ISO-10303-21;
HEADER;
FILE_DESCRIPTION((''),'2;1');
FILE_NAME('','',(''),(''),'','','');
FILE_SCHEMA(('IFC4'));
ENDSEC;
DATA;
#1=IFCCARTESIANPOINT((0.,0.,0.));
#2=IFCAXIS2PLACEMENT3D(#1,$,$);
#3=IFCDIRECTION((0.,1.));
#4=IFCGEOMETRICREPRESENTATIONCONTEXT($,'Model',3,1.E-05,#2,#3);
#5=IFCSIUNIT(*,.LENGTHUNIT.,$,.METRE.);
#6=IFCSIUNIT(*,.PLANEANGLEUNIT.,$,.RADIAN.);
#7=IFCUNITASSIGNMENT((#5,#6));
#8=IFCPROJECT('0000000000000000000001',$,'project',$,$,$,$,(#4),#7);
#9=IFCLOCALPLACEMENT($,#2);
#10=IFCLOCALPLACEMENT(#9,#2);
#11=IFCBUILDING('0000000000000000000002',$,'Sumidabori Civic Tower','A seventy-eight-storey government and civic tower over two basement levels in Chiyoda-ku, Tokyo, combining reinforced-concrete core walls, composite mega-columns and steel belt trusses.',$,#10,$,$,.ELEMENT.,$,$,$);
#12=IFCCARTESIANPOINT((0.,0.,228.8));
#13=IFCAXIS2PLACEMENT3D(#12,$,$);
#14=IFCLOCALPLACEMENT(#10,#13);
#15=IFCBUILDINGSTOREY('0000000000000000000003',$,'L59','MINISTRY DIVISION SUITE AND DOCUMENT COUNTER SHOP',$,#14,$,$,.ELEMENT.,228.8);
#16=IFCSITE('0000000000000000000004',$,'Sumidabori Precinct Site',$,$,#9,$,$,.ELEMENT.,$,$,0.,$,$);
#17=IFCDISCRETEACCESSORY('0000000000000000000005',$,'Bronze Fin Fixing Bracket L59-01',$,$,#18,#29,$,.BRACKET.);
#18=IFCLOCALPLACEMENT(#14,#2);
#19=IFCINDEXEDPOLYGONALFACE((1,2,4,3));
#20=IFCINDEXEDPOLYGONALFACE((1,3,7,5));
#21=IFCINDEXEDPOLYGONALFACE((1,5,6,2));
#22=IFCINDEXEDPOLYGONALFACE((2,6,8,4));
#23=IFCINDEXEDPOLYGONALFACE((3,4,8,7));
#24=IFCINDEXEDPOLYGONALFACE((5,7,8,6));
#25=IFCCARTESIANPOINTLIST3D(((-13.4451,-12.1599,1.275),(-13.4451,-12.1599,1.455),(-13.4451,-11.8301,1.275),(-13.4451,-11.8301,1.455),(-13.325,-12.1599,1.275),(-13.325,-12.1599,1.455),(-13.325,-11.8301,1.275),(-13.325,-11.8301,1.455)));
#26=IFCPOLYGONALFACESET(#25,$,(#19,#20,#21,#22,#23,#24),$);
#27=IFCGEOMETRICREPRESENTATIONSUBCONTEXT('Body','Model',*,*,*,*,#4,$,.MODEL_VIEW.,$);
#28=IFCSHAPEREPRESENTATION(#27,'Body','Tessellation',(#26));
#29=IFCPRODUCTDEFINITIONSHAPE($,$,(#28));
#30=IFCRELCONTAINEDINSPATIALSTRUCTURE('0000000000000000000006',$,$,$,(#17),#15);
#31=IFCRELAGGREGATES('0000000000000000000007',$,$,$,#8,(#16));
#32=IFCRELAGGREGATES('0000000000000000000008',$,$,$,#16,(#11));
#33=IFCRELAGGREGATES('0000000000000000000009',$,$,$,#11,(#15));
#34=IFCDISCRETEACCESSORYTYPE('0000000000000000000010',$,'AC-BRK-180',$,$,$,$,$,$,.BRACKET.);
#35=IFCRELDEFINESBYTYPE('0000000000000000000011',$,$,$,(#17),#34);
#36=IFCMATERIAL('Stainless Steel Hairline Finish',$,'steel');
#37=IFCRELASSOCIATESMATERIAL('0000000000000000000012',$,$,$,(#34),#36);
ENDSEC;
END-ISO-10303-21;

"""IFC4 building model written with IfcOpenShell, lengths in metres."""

from ifc_helpers import new_model, si_unit, direction, frame, origin, origin_2d, place, context, subcontext, project, spatial, rectangle, extrude, source, transform, mapped, material, material_profile, profile_set, type_object, element, save


model = new_model("IFC4")

# Units and contexts
model_context = context("Model", 3, precision=1e-05, world=origin(), true_north=direction((0.0, 1.0)))
body_context = subcontext(model_context, "Body", "Model", "MODEL_VIEW")
ifc_project = project(units=[si_unit("LENGTHUNIT", "METRE"), si_unit("PLANEANGLEUNIT", "RADIAN")], contexts=[model_context])

# Site, building, storey
site_placement = place(None, origin())
site = spatial("IfcSite", under=ifc_project, at=site_placement, Name="Sumidabori Precinct Site", CompositionType="ELEMENT", RefElevation=0.0)
building_placement = place(site_placement, origin())
building = spatial("IfcBuilding", under=site, at=building_placement, Name="Sumidabori Civic Tower", Description="A seventy-eight-storey government and civic tower over two basement levels in Chiyoda-ku, Tokyo, combining reinforced-concrete core walls, composite mega-columns and steel belt trusses.", CompositionType="ELEMENT")
storey_placement = place(building_placement, frame((0.0, 0.0, 228.8)))
storey = spatial("IfcBuildingStorey", under=building, at=storey_placement, Name="L59", Description="MINISTRY DIVISION SUITE AND DOCUMENT COUNTER SHOP", CompositionType="ELEMENT", Elevation=228.8)

# Discrete accessory
ifc_material_1 = material(Name="Stainless Steel Hairline Finish", Category="steel")
ifc_material_profile_1 = material_profile(ifc_material_1, rectangle(XDim=0.1201, YDim=0.1799, at=origin_2d()), Name="STEEL BRACKET 180x120")
ifc_profile_set_1 = profile_set([ifc_material_profile_1], Name="Stainless Steel Hairline Finish")
discrete_accessory_type = type_object("IfcDiscreteAccessoryType", Name="AC-BRK-180", PredefinedType="BRACKET", material=ifc_profile_set_1)
shared_shape_1 = source(origin(), body_context, "Body", "SweptSolid", [
    extrude(rectangle(XDim=0.1201, YDim=0.1799, at=origin_2d()), origin(), (0.0, 0.0, 1.0), 0.3298),
])
discrete_accessory_placement = place(storey_placement, frame((-13.385, -11.8301, 1.365), z_axis=(0.0, -1.0, 0.0), x_axis=(1.0, 0.0, 0.0)))
element("IfcDiscreteAccessory", 1, at=discrete_accessory_placement, inside=storey, type_object=discrete_accessory_type, Name="Bronze Fin Fixing Bracket L59-01", PredefinedType="BRACKET", context=body_context, shape_type="MappedRepresentation", body=[
    mapped(shared_shape_1, transform((0.0, 0.0, 0.0), x_axis=(1.0, 0.0, 0.0), y_axis=(0.0, 1.0, 0.0), z_axis=(0.0, 0.0, 1.0), scale=1.0)),
])

save(model, "model.ifc")
